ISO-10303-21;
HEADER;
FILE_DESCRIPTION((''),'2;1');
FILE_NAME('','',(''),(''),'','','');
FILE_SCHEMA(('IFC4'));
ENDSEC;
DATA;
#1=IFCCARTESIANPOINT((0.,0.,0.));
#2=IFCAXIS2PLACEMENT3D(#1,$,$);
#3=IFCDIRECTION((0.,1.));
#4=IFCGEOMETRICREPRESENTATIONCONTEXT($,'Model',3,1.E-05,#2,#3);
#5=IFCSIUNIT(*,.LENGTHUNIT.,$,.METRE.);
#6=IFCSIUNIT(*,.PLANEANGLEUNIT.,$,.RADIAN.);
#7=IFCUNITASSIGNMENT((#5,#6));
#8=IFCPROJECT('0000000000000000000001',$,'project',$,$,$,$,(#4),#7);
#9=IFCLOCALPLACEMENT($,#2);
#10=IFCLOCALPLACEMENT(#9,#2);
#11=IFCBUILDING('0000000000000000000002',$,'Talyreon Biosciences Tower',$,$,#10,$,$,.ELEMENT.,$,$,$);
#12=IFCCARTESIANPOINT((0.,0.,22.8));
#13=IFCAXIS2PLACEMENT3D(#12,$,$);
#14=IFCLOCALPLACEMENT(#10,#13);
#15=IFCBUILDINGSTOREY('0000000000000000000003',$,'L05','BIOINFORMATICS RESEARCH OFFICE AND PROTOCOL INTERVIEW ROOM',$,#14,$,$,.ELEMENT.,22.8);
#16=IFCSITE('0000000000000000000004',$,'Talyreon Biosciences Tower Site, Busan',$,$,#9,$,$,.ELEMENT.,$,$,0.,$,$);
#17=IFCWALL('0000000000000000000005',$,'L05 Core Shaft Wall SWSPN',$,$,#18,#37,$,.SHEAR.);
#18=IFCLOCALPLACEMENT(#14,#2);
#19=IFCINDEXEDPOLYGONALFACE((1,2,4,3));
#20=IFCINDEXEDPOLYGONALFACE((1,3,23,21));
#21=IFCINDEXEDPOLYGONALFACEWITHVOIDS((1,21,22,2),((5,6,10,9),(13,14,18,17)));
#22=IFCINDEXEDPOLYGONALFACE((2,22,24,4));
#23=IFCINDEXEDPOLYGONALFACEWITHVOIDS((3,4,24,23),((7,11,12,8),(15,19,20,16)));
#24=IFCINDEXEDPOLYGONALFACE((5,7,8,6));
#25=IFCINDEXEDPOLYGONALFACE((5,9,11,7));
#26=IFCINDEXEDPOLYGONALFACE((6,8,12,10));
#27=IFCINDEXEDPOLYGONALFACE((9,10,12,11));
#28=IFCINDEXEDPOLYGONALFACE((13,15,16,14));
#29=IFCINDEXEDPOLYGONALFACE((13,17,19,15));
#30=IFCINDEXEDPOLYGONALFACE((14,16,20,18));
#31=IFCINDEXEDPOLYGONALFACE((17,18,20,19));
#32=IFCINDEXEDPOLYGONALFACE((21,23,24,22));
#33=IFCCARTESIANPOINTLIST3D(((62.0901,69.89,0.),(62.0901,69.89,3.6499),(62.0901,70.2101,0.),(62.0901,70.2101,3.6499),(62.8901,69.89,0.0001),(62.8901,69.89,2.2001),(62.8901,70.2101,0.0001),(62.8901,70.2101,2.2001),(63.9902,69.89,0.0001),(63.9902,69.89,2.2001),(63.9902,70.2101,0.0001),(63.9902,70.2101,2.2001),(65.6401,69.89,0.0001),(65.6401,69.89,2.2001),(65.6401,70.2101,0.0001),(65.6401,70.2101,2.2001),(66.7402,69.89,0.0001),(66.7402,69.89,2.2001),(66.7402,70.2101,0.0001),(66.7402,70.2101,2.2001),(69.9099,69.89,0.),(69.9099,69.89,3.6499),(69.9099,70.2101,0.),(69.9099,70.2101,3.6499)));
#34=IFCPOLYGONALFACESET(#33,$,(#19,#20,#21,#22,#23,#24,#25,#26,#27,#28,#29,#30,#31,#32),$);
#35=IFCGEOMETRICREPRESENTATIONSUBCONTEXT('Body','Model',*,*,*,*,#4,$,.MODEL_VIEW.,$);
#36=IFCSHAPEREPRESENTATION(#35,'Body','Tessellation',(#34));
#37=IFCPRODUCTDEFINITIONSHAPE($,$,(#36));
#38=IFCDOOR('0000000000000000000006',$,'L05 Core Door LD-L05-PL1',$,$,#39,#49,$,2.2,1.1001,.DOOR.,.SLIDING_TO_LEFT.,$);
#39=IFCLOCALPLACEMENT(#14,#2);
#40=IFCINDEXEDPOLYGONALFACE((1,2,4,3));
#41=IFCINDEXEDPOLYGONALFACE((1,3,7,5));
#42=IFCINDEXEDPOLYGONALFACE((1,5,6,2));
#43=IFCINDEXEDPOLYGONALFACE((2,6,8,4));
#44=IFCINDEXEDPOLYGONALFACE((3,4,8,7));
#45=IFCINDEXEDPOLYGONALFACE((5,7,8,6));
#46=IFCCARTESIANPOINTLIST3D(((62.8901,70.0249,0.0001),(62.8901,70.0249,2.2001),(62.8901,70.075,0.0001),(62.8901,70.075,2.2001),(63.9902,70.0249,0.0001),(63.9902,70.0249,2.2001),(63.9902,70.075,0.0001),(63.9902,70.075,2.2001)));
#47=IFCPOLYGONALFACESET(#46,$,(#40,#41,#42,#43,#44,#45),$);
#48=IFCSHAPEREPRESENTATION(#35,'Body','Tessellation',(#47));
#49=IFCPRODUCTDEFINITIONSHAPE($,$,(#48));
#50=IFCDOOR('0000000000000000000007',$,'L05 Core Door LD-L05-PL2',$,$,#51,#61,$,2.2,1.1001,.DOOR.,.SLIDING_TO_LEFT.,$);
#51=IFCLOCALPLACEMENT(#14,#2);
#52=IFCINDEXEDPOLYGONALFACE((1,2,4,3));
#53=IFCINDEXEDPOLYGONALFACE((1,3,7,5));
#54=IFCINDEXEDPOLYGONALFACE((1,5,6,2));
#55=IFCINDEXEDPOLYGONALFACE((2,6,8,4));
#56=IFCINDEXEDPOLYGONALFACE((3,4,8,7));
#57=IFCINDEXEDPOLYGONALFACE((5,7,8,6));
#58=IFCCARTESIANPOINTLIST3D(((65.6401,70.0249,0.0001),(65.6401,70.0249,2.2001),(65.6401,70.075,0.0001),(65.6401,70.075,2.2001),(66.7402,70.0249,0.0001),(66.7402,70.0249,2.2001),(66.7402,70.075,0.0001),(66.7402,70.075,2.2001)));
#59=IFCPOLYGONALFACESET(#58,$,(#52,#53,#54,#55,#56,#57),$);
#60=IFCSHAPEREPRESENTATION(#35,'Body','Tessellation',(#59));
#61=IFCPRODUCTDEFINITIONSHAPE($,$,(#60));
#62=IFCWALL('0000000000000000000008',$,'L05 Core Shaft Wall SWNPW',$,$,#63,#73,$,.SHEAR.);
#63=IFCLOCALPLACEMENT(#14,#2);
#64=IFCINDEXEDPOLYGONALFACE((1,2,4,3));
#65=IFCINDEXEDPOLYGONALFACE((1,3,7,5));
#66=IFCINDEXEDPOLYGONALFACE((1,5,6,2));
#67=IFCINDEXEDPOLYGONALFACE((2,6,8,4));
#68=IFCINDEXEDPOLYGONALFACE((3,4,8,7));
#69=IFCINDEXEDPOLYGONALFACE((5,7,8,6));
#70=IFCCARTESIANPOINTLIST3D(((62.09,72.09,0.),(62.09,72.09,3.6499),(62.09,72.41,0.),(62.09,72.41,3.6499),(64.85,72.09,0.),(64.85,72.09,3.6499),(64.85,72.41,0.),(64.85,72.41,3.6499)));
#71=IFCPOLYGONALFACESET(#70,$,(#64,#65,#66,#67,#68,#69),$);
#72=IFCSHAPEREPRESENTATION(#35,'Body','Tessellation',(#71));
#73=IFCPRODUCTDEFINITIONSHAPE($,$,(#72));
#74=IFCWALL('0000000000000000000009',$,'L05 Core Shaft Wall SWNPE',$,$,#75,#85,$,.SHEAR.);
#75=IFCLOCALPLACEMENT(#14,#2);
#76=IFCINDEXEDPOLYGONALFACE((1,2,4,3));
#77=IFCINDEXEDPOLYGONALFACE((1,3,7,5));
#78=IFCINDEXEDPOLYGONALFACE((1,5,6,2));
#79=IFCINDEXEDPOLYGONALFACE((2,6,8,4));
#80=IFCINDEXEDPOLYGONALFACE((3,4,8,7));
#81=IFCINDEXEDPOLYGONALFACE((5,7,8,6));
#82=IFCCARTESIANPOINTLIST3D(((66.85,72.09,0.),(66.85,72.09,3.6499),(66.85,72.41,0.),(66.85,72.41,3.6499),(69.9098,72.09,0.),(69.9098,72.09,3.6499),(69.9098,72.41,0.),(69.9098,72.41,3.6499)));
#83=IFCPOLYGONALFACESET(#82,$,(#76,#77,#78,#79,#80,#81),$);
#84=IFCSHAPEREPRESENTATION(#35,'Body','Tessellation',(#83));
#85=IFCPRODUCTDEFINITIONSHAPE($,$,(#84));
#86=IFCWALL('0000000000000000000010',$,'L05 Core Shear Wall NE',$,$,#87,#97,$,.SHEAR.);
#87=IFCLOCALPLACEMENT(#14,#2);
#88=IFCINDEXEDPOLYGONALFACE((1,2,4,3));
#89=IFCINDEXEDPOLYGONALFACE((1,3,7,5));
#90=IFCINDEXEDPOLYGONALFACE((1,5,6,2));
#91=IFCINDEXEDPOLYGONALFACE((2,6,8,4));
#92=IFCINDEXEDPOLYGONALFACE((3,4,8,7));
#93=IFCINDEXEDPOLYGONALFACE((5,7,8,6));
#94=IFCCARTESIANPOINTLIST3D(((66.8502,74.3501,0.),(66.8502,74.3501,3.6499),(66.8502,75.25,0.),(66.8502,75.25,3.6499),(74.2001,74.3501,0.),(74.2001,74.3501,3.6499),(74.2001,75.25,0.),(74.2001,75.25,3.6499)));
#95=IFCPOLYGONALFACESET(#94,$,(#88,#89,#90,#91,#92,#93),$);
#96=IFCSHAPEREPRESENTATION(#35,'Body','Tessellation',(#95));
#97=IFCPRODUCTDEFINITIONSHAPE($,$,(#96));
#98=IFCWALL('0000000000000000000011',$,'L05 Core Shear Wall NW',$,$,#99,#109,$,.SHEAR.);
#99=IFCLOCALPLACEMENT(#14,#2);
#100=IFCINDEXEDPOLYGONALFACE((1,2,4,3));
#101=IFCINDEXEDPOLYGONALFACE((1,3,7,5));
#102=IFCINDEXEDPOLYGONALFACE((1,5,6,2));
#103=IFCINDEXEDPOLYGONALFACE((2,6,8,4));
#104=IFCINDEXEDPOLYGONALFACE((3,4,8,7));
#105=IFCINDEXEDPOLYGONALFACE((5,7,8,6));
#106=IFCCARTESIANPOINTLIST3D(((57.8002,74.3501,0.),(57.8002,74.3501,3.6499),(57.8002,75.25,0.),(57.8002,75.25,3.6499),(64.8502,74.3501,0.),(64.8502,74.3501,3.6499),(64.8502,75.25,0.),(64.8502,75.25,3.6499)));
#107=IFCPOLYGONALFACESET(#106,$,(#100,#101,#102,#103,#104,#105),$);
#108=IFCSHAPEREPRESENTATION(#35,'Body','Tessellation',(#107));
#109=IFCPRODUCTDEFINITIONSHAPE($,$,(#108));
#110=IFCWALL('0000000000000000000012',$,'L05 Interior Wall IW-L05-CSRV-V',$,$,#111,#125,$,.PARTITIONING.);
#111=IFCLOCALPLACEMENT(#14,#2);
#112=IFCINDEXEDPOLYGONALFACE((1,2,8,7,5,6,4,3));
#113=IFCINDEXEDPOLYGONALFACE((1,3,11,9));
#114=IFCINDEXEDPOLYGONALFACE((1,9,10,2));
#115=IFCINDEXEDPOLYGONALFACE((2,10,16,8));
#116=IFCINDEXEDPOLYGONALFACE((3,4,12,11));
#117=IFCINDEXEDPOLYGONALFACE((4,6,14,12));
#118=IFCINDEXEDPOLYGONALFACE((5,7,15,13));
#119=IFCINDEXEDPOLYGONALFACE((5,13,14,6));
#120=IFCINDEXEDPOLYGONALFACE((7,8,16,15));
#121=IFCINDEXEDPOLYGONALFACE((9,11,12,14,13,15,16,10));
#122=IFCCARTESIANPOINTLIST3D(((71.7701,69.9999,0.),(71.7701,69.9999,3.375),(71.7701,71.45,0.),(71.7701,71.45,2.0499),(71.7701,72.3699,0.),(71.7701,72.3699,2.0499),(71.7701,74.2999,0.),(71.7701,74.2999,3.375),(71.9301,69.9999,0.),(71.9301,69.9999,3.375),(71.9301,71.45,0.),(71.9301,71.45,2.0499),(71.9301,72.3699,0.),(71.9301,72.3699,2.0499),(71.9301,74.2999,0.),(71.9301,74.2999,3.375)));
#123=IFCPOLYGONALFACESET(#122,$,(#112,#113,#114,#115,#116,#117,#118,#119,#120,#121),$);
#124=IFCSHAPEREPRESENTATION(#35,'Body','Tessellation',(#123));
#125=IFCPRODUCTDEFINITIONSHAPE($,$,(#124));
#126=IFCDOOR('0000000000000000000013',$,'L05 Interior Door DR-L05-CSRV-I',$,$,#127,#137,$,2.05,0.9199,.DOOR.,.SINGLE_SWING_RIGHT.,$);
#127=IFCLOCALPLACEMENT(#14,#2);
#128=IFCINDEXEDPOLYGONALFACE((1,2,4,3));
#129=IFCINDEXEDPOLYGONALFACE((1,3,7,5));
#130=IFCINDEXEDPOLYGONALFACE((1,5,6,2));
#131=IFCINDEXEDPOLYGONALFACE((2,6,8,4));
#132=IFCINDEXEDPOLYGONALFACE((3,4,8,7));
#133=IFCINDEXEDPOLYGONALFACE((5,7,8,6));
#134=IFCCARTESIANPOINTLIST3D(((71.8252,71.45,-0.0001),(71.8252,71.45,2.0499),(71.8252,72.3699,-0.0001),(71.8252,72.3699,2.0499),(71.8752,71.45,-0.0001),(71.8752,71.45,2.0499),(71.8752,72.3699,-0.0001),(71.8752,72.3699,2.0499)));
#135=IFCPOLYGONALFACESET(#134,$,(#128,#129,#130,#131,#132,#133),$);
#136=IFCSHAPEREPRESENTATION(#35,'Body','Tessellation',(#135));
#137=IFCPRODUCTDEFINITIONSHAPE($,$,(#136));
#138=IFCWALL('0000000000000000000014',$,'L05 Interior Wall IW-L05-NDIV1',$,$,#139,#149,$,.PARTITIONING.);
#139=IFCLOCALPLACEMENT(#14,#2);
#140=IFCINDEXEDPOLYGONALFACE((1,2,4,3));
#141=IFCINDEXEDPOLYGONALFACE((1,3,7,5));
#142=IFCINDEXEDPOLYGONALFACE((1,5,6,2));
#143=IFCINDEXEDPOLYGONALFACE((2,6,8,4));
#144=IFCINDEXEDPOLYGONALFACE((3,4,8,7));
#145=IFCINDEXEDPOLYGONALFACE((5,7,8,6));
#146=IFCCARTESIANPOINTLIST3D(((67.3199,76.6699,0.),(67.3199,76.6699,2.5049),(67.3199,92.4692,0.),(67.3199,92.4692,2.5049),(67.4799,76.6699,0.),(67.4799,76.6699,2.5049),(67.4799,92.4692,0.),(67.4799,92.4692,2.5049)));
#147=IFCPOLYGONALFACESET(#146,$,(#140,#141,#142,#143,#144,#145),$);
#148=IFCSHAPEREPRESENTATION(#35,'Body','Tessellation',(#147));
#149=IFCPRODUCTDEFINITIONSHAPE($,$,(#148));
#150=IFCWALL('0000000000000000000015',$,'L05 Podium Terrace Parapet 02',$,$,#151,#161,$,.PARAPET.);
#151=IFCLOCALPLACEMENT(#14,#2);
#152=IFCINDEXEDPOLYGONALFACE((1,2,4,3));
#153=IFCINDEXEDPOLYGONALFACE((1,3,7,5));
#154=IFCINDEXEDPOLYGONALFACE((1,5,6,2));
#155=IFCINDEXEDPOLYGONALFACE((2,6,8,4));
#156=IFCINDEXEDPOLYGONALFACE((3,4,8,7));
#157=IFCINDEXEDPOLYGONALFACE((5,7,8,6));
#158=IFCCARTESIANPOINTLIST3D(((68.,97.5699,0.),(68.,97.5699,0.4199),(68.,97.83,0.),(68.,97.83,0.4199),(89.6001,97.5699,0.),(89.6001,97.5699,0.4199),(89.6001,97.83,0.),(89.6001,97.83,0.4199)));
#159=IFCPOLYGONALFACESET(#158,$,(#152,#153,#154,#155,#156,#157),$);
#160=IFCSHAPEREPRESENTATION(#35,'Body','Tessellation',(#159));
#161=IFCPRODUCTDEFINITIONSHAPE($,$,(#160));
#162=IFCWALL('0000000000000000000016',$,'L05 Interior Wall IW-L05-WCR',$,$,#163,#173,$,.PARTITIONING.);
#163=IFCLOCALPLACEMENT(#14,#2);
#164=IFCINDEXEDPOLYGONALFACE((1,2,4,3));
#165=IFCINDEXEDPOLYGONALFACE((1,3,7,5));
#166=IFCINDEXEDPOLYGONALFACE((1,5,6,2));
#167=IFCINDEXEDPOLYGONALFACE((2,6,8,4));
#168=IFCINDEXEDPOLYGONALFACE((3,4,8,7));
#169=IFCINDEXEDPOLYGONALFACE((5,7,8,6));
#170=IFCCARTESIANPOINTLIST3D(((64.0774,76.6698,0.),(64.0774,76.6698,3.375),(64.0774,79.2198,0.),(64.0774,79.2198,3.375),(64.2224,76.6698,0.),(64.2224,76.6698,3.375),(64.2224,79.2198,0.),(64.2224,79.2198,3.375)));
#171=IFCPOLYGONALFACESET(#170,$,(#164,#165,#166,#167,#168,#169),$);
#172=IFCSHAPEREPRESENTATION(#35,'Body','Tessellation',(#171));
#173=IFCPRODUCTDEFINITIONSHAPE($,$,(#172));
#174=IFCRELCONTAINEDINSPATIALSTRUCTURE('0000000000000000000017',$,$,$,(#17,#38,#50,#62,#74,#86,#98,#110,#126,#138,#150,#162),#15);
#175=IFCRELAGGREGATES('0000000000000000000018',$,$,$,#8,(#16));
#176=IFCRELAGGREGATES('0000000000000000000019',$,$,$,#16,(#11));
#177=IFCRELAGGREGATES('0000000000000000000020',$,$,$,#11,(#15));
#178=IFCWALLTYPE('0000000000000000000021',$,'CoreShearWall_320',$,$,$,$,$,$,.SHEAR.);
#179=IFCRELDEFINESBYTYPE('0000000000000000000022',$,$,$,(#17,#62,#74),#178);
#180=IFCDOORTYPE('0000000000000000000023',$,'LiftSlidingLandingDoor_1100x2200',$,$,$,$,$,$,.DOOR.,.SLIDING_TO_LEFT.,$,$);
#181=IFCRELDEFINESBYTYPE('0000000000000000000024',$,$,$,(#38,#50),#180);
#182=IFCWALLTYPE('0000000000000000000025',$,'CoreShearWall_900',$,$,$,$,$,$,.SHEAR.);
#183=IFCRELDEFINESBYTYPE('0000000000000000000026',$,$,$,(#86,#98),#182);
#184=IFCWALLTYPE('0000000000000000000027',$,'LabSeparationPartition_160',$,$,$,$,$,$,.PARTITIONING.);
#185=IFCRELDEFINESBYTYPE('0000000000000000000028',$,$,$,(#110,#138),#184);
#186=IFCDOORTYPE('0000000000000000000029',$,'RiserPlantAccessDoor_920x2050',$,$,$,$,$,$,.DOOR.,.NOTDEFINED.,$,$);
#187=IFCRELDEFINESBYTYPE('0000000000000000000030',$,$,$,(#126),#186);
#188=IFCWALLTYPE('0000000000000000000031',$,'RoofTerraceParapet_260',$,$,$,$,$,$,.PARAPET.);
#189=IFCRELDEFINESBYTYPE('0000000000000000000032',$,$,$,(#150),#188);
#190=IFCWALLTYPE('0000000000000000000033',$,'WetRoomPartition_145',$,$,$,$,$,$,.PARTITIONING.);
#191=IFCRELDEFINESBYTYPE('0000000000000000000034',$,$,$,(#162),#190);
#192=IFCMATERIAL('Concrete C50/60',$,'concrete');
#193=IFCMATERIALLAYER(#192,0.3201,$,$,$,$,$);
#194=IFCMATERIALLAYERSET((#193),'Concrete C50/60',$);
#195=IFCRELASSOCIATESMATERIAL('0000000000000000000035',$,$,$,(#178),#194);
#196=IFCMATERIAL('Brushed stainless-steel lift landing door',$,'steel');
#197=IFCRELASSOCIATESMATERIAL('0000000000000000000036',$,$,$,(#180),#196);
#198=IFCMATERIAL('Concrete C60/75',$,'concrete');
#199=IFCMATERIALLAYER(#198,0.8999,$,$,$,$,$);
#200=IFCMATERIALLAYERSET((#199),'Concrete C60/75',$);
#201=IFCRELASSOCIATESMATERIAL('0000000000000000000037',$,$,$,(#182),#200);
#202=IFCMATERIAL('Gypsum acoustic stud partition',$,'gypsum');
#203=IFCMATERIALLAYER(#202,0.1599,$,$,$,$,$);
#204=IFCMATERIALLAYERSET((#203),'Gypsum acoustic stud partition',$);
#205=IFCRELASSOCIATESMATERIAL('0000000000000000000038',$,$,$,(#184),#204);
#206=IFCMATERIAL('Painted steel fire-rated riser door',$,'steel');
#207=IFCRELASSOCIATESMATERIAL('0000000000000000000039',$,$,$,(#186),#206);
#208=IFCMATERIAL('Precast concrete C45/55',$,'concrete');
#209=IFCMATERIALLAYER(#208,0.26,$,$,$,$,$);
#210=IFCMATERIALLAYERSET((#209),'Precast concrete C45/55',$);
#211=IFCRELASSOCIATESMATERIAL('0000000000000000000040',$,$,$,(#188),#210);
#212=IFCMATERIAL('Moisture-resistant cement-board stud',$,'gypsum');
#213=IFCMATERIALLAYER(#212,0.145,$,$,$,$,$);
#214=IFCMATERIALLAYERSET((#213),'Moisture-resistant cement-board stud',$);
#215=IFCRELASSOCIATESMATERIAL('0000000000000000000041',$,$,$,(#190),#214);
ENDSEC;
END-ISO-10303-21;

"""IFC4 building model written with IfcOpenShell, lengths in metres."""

from ifc_helpers import new_model, si_unit, direction, frame, frame_2d, origin, place, context, subcontext, project, spatial, rectangle, extrude, material, layer, layer_set, type_object, element, fill, save


model = new_model("IFC4")

# Units and contexts
model_context = context("Model", 3, precision=1e-05, world=origin(), true_north=direction((0.0, 1.0)))
body_context = subcontext(model_context, "Body", "Model", "MODEL_VIEW")
ifc_project = project(units=[si_unit("LENGTHUNIT", "METRE"), si_unit("PLANEANGLEUNIT", "RADIAN")], contexts=[model_context])

# Site, building, storey
site_placement = place(None, origin())
site = spatial("IfcSite", under=ifc_project, at=site_placement, Name="Talyreon Biosciences Tower Site, Busan", CompositionType="ELEMENT", RefElevation=0.0)
building_placement = place(site_placement, origin())
building = spatial("IfcBuilding", under=site, at=building_placement, Name="Talyreon Biosciences Tower", CompositionType="ELEMENT")
storey_placement = place(building_placement, frame((0.0, 0.0, 22.8)))
storey = spatial("IfcBuildingStorey", under=building, at=storey_placement, Name="L05", Description="BIOINFORMATICS RESEARCH OFFICE AND PROTOCOL INTERVIEW ROOM", CompositionType="ELEMENT", Elevation=22.8)

# Shared definitions
ifc_material_1 = material(Name="Precast concrete C45/55", Category="concrete")
ifc_material_2 = material(Name="Concrete C60/75", Category="concrete")

# Shared definitions
ifc_material_3 = material(Name="Concrete C50/60", Category="concrete")

# Wall, openings, doors
ifc_layer_1 = layer(ifc_material_3, 0.3201)
ifc_layer_set_1 = layer_set([ifc_layer_1], Name="Concrete C50/60")
wall_type_1 = type_object("IfcWallType", Name="CoreShearWall_320", PredefinedType="SHEAR", material=ifc_layer_set_1)
wall_1_placement = place(storey_placement, frame((62.0901, 70.05, 0.0), z_axis=(0.0, 0.0, 1.0), x_axis=(1.0, 0.0, 0.0)))
wall_1 = element("IfcWall", 1, at=wall_1_placement, inside=storey, type_object=wall_type_1, Name="L05 Core Shaft Wall SWSPN", PredefinedType="SHEAR", context=body_context, shape_type="SweptSolid", body=[
    extrude(rectangle(XDim=7.8198, YDim=0.3201, at=frame_2d((3.9099, 0.0))), origin(), (0.0, 0.0, 1.0), 3.6499),
])
opening_1_placement = place(wall_1_placement, frame((0.8, 0.0, 0.0)))
opening_1 = element("IfcOpeningElement", 2, at=opening_1_placement, cuts=wall_1, PredefinedType="OPENING", context=body_context, shape_type="SweptSolid", body=[
    extrude(rectangle(XDim=1.1001, YDim=2.2, at=frame_2d((0.55, 1.1001))), frame((0.0, 0.1699, 0.0), z_axis=(0.0, -1.0, 0.0), x_axis=(1.0, 0.0, 0.0)), (0.0, 0.0, 1.0), 0.3401),
])
opening_2_placement = place(wall_1_placement, frame((3.55, 0.0, 0.0)))
opening_2 = element("IfcOpeningElement", 3, at=opening_2_placement, cuts=wall_1, PredefinedType="OPENING", context=body_context, shape_type="SweptSolid", body=[
    extrude(rectangle(XDim=1.1001, YDim=2.2, at=frame_2d((0.55, 1.1001))), frame((0.0, 0.1699, 0.0), z_axis=(0.0, -1.0, 0.0), x_axis=(1.0, 0.0, 0.0)), (0.0, 0.0, 1.0), 0.3401),
])
ifc_material_4 = material(Name="Brushed stainless-steel lift landing door", Category="steel")
door_type_1 = type_object("IfcDoorType", Name="LiftSlidingLandingDoor_1100x2200", OperationType="SLIDING_TO_LEFT", PredefinedType="DOOR", material=ifc_material_4)
door_1_placement = place(opening_1_placement, origin())
door_1 = element("IfcDoor", 4, at=door_1_placement, inside=storey, type_object=door_type_1, Name="L05 Core Door LD-L05-PL1", OperationType="SLIDING_TO_LEFT", OverallHeight=2.2, OverallWidth=1.1001, PredefinedType="DOOR", context=body_context, shape_type="SweptSolid", body=[
    extrude(rectangle(XDim=1.1001, YDim=2.2, at=frame_2d((0.55, 1.1001))), frame((0.0, 0.0249, 0.0), z_axis=(0.0, -1.0, 0.0), x_axis=(1.0, 0.0, 0.0)), (0.0, 0.0, 1.0), 0.05),
])
fill(opening_1, door_1)
door_2_placement = place(opening_2_placement, origin())
door_2 = element("IfcDoor", 5, at=door_2_placement, inside=storey, type_object=door_type_1, Name="L05 Core Door LD-L05-PL2", OperationType="SLIDING_TO_LEFT", OverallHeight=2.2, OverallWidth=1.1001, PredefinedType="DOOR", context=body_context, shape_type="SweptSolid", body=[
    extrude(rectangle(XDim=1.1001, YDim=2.2, at=frame_2d((0.55, 1.1001))), frame((0.0, 0.0249, 0.0), z_axis=(0.0, -1.0, 0.0), x_axis=(1.0, 0.0, 0.0)), (0.0, 0.0, 1.0), 0.05),
])
fill(opening_2, door_2)

# Walls
wall_2_placement = place(storey_placement, frame((62.0901, 72.25, 0.0), z_axis=(0.0, 0.0, 1.0), x_axis=(1.0, 0.0, 0.0)))
element("IfcWall", 6, at=wall_2_placement, inside=storey, type_object=wall_type_1, Name="L05 Core Shaft Wall SWNPW", PredefinedType="SHEAR", context=body_context, shape_type="SweptSolid", body=[
    extrude(rectangle(XDim=2.76, YDim=0.3201, at=frame_2d((1.3799, 0.0))), origin(), (0.0, 0.0, 1.0), 3.6499),
])
wall_3_placement = place(storey_placement, frame((66.8501, 72.25, 0.0), z_axis=(0.0, 0.0, 1.0), x_axis=(1.0, 0.0, 0.0)))
element("IfcWall", 7, at=wall_3_placement, inside=storey, type_object=wall_type_1, Name="L05 Core Shaft Wall SWNPE", PredefinedType="SHEAR", context=body_context, shape_type="SweptSolid", body=[
    extrude(rectangle(XDim=3.0598, YDim=0.3201, at=frame_2d((1.5298, 0.0))), origin(), (0.0, 0.0, 1.0), 3.6499),
])
ifc_layer_2 = layer(ifc_material_2, 0.8999)
ifc_layer_set_2 = layer_set([ifc_layer_2], Name="Concrete C60/75")
wall_type_2 = type_object("IfcWallType", Name="CoreShearWall_900", PredefinedType="SHEAR", material=ifc_layer_set_2)
wall_4_placement = place(storey_placement, frame((74.2, 74.8, 0.0), z_axis=(0.0, 0.0, 1.0), x_axis=(-1.0, 0.0, 0.0)))
element("IfcWall", 8, at=wall_4_placement, inside=storey, type_object=wall_type_2, Name="L05 Core Shear Wall NE", PredefinedType="SHEAR", context=body_context, shape_type="SweptSolid", body=[
    extrude(rectangle(XDim=7.3499, YDim=0.8999, at=frame_2d((3.6748, 0.0))), origin(), (0.0, 0.0, 1.0), 3.6499),
])
wall_5_placement = place(storey_placement, frame((64.8501, 74.8, 0.0), z_axis=(0.0, 0.0, 1.0), x_axis=(-1.0, 0.0, 0.0)))
element("IfcWall", 9, at=wall_5_placement, inside=storey, type_object=wall_type_2, Name="L05 Core Shear Wall NW", PredefinedType="SHEAR", context=body_context, shape_type="SweptSolid", body=[
    extrude(rectangle(XDim=7.05, YDim=0.8999, at=frame_2d((3.5249, 0.0))), origin(), (0.0, 0.0, 1.0), 3.6499),
])

# Wall, opening, door
ifc_material_5 = material(Name="Gypsum acoustic stud partition", Category="gypsum")
ifc_layer_3 = layer(ifc_material_5, 0.1599)
ifc_layer_set_3 = layer_set([ifc_layer_3], Name="Gypsum acoustic stud partition")
wall_type_3 = type_object("IfcWallType", Name="LabSeparationPartition_160", PredefinedType="PARTITIONING", material=ifc_layer_set_3)
wall_6_placement = place(storey_placement, frame((71.8501, 70.0, 0.0), z_axis=(0.0, 0.0, 1.0), x_axis=(0.0, 1.0, 0.0)))
wall_6 = element("IfcWall", 10, at=wall_6_placement, inside=storey, type_object=wall_type_3, Name="L05 Interior Wall IW-L05-CSRV-V", PredefinedType="PARTITIONING", context=body_context, shape_type="SweptSolid", body=[
    extrude(rectangle(XDim=4.3, YDim=0.1599, at=frame_2d((2.1499, 0.0))), origin(), (0.0, 0.0, 1.0), 3.375),
])
opening_3_placement = place(wall_6_placement, frame((1.45, 0.0, 0.0)))
opening_3 = element("IfcOpeningElement", 11, at=opening_3_placement, cuts=wall_6, PredefinedType="OPENING", context=body_context, shape_type="SweptSolid", body=[
    extrude(rectangle(XDim=0.9199, YDim=2.05, at=frame_2d((0.46, 1.0249))), frame((0.0, 0.0898, 0.0), z_axis=(0.0, -1.0, 0.0), x_axis=(1.0, 0.0, 0.0)), (0.0, 0.0, 1.0), 0.1799),
])
ifc_material_6 = material(Name="Painted steel fire-rated riser door", Category="steel")
door_type_2 = type_object("IfcDoorType", Name="RiserPlantAccessDoor_920x2050", OperationType="NOTDEFINED", PredefinedType="DOOR", material=ifc_material_6)
door_3_placement = place(opening_3_placement, origin())
door_3 = element("IfcDoor", 12, at=door_3_placement, inside=storey, type_object=door_type_2, Name="L05 Interior Door DR-L05-CSRV-I", OperationType="SINGLE_SWING_RIGHT", OverallHeight=2.05, OverallWidth=0.9199, PredefinedType="DOOR", context=body_context, shape_type="SweptSolid", body=[
    extrude(rectangle(XDim=0.9199, YDim=2.05, at=frame_2d((0.46, 1.0249))), frame((0.0, 0.0249, 0.0), z_axis=(0.0, -1.0, 0.0), x_axis=(1.0, 0.0, 0.0)), (0.0, 0.0, 1.0), 0.05),
])
fill(opening_3, door_3)

# Walls
wall_7_placement = place(storey_placement, frame((67.3999, 76.6699, 0.0), z_axis=(0.0, 0.0, 1.0), x_axis=(0.0, 1.0, 0.0)))
element("IfcWall", 13, at=wall_7_placement, inside=storey, type_object=wall_type_3, Name="L05 Interior Wall IW-L05-NDIV1", PredefinedType="PARTITIONING", context=body_context, shape_type="SweptSolid", body=[
    extrude(rectangle(XDim=15.7993, YDim=0.1599, at=frame_2d((7.8997, 0.0))), origin(), (0.0, 0.0, 1.0), 2.5049),
])
ifc_layer_4 = layer(ifc_material_1, 0.26)
ifc_layer_set_4 = layer_set([ifc_layer_4], Name="Precast concrete C45/55")
wall_type_4 = type_object("IfcWallType", Name="RoofTerraceParapet_260", PredefinedType="PARAPET", material=ifc_layer_set_4)
wall_8_placement = place(storey_placement, frame((68.0, 97.7, 0.0), z_axis=(0.0, 0.0, 1.0), x_axis=(1.0, 0.0, 0.0)))
element("IfcWall", 14, at=wall_8_placement, inside=storey, type_object=wall_type_4, Name="L05 Podium Terrace Parapet 02", PredefinedType="PARAPET", context=body_context, shape_type="SweptSolid", body=[
    extrude(rectangle(XDim=21.6001, YDim=0.26, at=frame_2d((10.8, 0.0))), origin(), (0.0, 0.0, 1.0), 0.4199),
])
ifc_material_7 = material(Name="Moisture-resistant cement-board stud", Category="gypsum")
ifc_layer_5 = layer(ifc_material_7, 0.145)
ifc_layer_set_5 = layer_set([ifc_layer_5], Name="Moisture-resistant cement-board stud")
wall_type_5 = type_object("IfcWallType", Name="WetRoomPartition_145", PredefinedType="PARTITIONING", material=ifc_layer_set_5)
wall_9_placement = place(storey_placement, frame((64.1499, 76.6699, 0.0), z_axis=(0.0, 0.0, 1.0), x_axis=(0.0, 1.0, 0.0)))
element("IfcWall", 15, at=wall_9_placement, inside=storey, type_object=wall_type_5, Name="L05 Interior Wall IW-L05-WCR", PredefinedType="PARTITIONING", context=body_context, shape_type="SweptSolid", body=[
    extrude(rectangle(XDim=2.55, YDim=0.145, at=frame_2d((1.2749, 0.0))), origin(), (0.0, 0.0, 1.0), 3.375),
])

save(model, "model.ifc")
